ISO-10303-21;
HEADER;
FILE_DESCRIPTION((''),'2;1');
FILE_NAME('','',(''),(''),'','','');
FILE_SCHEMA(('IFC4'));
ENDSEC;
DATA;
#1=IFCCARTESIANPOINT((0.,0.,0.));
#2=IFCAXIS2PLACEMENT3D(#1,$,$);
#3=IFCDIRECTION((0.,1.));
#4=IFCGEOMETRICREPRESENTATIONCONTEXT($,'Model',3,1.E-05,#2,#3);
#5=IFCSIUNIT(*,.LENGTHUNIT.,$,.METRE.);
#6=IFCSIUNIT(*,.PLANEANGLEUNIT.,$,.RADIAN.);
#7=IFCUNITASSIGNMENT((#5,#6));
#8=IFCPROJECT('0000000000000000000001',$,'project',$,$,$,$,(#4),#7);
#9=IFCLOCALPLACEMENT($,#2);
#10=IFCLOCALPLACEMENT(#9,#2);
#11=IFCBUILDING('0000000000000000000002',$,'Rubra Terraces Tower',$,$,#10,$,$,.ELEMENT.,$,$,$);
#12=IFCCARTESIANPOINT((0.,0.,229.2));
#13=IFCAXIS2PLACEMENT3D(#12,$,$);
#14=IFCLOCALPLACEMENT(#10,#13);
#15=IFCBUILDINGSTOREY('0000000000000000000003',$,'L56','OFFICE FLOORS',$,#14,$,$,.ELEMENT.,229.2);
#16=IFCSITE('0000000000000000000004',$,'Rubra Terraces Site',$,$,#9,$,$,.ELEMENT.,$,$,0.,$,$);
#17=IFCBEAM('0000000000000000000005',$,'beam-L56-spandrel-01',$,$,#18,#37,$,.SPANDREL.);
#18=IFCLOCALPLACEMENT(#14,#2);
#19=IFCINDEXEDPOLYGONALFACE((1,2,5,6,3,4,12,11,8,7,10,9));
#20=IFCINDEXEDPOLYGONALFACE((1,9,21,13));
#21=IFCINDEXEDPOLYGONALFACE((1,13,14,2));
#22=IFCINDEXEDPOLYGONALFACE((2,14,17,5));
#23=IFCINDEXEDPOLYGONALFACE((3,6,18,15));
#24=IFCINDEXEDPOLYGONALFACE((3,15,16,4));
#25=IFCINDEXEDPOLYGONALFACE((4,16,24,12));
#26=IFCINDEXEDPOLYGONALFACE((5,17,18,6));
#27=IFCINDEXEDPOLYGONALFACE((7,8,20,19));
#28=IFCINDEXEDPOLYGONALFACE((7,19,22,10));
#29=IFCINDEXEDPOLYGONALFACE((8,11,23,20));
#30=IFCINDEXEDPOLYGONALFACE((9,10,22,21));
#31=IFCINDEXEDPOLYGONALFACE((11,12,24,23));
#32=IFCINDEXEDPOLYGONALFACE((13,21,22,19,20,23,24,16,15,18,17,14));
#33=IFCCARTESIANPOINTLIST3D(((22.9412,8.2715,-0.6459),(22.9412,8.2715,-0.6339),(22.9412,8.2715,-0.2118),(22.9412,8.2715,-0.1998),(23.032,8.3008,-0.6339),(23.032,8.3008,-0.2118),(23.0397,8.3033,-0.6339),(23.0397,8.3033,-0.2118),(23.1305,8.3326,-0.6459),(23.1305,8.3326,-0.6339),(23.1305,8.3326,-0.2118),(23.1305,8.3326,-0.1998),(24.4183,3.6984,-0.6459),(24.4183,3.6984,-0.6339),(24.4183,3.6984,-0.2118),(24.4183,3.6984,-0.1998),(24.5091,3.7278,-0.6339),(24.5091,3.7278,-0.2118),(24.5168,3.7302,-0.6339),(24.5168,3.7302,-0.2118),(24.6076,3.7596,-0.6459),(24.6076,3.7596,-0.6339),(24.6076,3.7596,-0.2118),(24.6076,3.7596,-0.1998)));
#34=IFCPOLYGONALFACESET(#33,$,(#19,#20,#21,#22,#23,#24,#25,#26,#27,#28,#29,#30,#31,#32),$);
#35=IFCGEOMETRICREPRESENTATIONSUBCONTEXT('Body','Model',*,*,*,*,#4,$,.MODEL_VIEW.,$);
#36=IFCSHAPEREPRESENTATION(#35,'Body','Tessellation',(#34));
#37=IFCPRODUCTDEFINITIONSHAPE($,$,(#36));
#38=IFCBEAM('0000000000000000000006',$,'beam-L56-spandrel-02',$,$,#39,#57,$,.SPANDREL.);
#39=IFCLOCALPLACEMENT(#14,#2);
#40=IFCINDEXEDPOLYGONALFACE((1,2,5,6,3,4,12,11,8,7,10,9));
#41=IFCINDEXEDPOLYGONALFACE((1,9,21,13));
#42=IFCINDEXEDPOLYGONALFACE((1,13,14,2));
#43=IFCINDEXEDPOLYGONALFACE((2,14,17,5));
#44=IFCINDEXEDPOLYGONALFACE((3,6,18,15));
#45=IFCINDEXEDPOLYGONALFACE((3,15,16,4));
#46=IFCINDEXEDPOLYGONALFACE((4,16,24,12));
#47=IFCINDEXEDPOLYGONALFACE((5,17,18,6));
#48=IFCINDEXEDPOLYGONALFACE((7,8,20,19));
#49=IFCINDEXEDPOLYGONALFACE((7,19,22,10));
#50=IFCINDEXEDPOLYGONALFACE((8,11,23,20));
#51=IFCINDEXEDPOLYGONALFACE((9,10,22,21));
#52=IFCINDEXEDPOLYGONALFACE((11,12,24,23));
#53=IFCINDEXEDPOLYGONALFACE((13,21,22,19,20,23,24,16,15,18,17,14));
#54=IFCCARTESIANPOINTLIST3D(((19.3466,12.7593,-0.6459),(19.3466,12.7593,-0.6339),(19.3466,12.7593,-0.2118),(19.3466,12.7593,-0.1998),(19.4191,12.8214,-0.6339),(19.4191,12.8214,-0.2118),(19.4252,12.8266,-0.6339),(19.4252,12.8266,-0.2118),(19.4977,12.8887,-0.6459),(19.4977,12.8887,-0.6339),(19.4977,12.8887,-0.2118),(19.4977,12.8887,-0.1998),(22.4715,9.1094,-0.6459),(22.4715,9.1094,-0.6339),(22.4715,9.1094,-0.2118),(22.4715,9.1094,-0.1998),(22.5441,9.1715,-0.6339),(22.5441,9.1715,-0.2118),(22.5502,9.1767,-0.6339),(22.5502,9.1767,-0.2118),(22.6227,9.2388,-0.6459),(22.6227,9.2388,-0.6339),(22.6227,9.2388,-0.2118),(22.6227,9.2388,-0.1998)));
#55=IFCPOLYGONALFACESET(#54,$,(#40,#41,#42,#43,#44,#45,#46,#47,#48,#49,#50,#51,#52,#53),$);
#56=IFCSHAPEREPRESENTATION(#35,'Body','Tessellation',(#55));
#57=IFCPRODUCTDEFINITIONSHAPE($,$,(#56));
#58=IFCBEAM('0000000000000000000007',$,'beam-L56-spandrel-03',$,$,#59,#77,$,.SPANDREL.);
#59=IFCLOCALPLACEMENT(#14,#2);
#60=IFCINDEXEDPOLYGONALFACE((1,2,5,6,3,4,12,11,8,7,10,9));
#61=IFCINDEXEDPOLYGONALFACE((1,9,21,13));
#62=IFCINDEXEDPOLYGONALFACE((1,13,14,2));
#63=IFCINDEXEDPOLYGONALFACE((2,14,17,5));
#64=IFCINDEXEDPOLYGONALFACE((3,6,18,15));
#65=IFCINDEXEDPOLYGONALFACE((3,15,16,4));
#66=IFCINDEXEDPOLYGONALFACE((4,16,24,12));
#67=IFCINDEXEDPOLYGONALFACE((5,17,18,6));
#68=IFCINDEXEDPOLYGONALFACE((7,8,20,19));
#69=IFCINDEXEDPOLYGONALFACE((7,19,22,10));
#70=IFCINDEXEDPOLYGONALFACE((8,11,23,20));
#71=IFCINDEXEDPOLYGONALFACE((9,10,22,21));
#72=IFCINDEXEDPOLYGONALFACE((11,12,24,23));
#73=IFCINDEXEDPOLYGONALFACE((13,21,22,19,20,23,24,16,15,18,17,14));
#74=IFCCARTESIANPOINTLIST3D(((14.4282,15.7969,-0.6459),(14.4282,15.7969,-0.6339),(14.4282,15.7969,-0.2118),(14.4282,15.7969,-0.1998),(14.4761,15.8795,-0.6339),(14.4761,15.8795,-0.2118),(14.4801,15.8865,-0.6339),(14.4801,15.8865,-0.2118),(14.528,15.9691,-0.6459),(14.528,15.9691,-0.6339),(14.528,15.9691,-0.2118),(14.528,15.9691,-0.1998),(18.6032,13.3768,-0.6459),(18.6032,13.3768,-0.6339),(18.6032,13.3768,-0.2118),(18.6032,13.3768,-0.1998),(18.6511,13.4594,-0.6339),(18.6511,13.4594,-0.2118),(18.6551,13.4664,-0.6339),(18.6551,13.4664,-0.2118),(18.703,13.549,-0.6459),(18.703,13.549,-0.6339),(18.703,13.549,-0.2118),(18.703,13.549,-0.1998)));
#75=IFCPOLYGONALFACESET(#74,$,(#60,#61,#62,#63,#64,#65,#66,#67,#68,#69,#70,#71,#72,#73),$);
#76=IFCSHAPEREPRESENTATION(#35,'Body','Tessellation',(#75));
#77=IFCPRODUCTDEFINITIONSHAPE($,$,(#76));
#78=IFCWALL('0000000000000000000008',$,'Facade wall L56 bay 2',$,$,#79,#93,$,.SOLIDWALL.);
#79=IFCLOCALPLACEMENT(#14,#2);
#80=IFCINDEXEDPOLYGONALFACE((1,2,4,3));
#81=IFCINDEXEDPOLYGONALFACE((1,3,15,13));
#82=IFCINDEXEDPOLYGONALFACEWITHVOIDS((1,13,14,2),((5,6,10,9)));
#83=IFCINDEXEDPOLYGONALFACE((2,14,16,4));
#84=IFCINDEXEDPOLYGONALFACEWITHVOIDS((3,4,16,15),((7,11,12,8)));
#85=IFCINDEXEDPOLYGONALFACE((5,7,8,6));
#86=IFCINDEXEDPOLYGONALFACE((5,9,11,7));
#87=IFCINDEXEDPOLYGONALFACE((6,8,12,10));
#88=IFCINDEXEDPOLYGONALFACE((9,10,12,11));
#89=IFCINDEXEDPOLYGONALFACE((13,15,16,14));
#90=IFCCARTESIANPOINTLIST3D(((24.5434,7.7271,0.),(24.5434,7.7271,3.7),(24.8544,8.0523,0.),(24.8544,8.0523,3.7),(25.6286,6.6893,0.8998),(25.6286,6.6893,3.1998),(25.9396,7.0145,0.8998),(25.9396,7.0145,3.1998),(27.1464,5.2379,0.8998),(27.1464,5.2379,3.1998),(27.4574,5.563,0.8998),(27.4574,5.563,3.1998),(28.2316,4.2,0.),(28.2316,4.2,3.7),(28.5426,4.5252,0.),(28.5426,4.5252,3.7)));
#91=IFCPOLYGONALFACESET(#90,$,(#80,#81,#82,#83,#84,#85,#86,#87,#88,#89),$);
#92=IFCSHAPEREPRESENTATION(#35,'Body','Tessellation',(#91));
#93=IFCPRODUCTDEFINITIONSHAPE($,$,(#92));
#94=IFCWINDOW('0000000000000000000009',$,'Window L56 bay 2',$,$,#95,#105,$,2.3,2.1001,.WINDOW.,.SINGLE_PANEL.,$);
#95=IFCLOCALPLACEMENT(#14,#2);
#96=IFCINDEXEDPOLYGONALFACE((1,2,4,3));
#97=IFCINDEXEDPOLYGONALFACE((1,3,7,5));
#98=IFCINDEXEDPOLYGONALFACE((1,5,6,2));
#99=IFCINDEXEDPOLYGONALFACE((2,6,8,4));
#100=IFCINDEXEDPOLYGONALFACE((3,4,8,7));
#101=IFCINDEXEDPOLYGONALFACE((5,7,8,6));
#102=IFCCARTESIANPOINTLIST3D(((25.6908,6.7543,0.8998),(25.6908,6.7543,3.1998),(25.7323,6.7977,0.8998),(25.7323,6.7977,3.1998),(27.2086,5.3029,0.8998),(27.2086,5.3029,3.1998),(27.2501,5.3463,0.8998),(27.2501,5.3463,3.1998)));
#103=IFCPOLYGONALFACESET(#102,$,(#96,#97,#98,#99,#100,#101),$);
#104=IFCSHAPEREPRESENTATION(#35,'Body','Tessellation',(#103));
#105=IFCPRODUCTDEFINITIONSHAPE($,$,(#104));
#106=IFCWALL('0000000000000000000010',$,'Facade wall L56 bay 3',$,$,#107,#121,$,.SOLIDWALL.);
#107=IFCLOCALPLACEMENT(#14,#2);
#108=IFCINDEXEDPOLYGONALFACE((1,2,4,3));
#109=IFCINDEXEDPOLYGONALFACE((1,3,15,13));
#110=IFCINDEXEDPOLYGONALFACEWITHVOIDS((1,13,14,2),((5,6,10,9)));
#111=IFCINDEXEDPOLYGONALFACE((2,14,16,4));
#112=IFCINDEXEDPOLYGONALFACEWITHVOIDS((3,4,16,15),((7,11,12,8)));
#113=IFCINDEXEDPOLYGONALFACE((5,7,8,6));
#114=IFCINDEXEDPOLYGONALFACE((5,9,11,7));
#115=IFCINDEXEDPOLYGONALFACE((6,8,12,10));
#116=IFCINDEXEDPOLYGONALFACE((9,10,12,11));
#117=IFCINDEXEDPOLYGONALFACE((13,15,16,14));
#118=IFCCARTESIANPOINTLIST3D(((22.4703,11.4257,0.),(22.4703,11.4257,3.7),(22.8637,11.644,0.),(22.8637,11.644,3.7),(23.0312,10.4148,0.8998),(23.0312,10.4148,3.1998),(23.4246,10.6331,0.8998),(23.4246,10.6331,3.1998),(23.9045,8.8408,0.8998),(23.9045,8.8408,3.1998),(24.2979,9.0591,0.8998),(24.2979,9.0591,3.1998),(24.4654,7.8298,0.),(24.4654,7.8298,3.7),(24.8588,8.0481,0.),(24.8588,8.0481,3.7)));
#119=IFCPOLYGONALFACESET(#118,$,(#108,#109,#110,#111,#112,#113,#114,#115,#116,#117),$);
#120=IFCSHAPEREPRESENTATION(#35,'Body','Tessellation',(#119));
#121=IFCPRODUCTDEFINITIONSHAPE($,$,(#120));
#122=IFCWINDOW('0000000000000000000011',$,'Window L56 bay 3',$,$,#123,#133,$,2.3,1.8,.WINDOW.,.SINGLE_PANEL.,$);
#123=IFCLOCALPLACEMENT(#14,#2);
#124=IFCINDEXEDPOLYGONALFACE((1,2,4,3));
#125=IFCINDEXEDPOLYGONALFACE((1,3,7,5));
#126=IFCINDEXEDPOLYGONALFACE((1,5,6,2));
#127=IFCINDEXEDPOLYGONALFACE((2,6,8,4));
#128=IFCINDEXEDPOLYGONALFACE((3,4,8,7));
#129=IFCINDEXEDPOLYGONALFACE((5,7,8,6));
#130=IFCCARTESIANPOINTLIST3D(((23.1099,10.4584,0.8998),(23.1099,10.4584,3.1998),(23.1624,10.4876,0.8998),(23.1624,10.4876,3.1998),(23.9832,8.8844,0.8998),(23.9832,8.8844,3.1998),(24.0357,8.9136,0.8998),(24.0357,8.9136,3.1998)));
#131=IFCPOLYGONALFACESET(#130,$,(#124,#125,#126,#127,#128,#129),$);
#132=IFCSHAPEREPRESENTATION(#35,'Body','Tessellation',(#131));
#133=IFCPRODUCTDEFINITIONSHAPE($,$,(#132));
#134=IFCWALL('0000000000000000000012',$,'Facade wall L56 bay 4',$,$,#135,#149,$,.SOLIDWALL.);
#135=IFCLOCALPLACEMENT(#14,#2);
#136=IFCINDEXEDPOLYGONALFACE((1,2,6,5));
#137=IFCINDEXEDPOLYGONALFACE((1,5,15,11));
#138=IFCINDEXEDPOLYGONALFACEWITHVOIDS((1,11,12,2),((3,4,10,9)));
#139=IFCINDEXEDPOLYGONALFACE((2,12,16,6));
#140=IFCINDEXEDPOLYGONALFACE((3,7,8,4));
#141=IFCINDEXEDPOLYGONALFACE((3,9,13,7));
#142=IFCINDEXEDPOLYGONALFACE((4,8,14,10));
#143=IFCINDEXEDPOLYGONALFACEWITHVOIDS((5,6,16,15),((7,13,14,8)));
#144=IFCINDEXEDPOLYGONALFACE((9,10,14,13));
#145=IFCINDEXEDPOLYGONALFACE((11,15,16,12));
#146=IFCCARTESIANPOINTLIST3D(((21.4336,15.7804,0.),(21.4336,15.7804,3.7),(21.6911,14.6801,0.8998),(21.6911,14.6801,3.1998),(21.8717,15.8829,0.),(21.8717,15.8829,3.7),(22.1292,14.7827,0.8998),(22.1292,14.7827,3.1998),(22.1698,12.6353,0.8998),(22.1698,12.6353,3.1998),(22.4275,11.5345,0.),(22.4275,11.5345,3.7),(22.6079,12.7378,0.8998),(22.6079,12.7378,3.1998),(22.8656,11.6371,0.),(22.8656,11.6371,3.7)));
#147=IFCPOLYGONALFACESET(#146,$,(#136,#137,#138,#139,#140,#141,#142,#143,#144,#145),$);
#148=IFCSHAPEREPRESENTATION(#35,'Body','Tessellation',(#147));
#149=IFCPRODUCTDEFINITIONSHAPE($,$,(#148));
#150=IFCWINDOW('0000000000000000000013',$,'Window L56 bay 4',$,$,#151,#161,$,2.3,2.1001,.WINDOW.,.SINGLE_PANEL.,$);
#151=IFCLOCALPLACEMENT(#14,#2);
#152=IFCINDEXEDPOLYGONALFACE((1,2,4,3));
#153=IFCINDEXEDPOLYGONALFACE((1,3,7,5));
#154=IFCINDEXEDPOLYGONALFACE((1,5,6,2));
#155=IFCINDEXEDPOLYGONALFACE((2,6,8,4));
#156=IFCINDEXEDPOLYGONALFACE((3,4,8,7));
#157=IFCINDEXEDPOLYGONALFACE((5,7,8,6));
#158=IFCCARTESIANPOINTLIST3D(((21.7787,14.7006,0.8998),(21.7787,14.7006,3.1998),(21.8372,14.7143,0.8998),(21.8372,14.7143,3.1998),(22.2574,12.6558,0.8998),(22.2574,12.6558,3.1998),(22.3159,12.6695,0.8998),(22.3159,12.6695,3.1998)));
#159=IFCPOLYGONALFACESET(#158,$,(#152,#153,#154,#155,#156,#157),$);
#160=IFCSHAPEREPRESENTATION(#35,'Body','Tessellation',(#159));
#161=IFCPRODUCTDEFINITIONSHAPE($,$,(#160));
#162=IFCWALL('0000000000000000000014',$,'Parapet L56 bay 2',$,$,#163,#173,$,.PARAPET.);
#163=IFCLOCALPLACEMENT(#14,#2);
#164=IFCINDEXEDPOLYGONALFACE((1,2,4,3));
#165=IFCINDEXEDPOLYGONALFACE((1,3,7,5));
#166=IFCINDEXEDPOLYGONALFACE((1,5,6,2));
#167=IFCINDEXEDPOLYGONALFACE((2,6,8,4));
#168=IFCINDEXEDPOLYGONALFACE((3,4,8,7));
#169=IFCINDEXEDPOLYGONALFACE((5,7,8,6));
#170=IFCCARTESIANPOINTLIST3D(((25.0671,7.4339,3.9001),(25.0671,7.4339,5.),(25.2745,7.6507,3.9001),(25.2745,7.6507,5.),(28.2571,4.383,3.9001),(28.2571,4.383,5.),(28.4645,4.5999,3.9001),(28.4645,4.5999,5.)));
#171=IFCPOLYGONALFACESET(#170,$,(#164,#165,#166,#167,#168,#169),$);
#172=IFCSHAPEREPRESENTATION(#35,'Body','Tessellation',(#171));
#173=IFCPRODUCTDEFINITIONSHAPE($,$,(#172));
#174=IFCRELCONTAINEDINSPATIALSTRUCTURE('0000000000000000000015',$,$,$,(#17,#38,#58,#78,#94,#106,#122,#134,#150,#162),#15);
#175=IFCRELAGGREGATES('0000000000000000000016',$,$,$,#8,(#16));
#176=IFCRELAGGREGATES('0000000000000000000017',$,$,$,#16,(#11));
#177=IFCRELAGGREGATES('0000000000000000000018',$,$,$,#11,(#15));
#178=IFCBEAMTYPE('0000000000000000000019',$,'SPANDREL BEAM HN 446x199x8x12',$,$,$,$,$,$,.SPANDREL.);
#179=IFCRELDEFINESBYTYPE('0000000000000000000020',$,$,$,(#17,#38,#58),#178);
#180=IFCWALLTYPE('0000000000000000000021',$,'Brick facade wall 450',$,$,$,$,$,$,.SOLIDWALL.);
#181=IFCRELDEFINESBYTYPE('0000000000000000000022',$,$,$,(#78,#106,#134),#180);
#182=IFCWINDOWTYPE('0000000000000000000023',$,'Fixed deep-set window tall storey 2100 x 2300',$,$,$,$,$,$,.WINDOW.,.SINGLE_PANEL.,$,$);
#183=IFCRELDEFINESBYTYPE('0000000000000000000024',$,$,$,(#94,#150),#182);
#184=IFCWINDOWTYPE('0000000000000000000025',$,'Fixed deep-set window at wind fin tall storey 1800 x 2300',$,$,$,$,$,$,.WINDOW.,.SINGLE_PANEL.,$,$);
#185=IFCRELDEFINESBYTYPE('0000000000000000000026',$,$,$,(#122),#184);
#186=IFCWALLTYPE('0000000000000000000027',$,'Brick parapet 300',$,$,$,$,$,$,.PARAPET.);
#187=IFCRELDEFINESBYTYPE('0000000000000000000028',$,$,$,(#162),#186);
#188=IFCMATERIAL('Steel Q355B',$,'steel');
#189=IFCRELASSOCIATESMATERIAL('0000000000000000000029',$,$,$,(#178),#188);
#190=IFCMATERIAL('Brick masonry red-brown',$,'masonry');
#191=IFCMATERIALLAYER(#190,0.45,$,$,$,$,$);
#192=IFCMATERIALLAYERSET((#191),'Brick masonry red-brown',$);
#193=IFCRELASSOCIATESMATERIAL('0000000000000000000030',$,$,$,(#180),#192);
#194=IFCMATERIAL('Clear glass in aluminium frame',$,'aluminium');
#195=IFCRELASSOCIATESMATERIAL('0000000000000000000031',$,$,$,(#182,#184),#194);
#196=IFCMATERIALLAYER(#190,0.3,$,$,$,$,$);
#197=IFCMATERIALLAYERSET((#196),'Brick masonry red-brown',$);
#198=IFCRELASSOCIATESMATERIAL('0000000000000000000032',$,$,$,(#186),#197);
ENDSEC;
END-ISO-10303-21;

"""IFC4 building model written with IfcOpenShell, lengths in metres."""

from ifc_helpers import new_model, si_unit, direction, frame, frame_2d, origin, origin_2d, place, context, subcontext, project, spatial, rectangle, i_section, extrude, material, layer, layer_set, material_profile, profile_set, type_object, element, fill, save


model = new_model("IFC4")

# Units and contexts
model_context = context("Model", 3, precision=1e-05, world=origin(), true_north=direction((0.0, 1.0)))
body_context = subcontext(model_context, "Body", "Model", "MODEL_VIEW")
ifc_project = project(units=[si_unit("LENGTHUNIT", "METRE"), si_unit("PLANEANGLEUNIT", "RADIAN")], contexts=[model_context])

# Site, building, storey
site_placement = place(None, origin())
site = spatial("IfcSite", under=ifc_project, at=site_placement, Name="Rubra Terraces Site", CompositionType="ELEMENT", RefElevation=0.0)
building_placement = place(site_placement, origin())
building = spatial("IfcBuilding", under=site, at=building_placement, Name="Rubra Terraces Tower", CompositionType="ELEMENT")
storey_placement = place(building_placement, frame((0.0, 0.0, 229.2)))
storey = spatial("IfcBuildingStorey", under=building, at=storey_placement, Name="L56", Description="OFFICE FLOORS", CompositionType="ELEMENT", Elevation=229.2)

# Beams
ifc_material_1 = material(Name="Steel Q355B", Category="steel")
ifc_material_profile_1 = material_profile(ifc_material_1, i_section(OverallWidth=0.199, OverallDepth=0.446, WebThickness=0.0081, FlangeThickness=0.012, at=origin_2d()), Name="HN 446x199x8x12")
ifc_profile_set_1 = profile_set([ifc_material_profile_1], Name="Steel Q355B")
beam_type_1 = type_object("IfcBeamType", Name="SPANDREL BEAM HN 446x199x8x12", PredefinedType="SPANDREL", material=ifc_profile_set_1)
beam_1_placement = place(storey_placement, frame((24.5129, 3.729, -0.4229), z_axis=(-0.307359, 0.951594, 0.0), x_axis=(-0.951594, -0.307359, 0.0)))
element("IfcBeam", 1, at=beam_1_placement, inside=storey, type_object=beam_type_1, Name="beam-L56-spandrel-01", PredefinedType="SPANDREL", context=body_context, shape_type="SweptSolid", body=[
    extrude(i_section(OverallWidth=0.199, OverallDepth=0.446, WebThickness=0.0081, FlangeThickness=0.012, at=origin_2d()), origin(), (0.0, 0.0, 1.0), 4.8057),
])
beam_2_placement = place(storey_placement, frame((22.5471, 9.1741, -0.4229), z_axis=(-0.650373, 0.759615, 0.0), x_axis=(-0.759615, -0.650373, 0.0)))
element("IfcBeam", 2, at=beam_2_placement, inside=storey, type_object=beam_type_1, Name="beam-L56-spandrel-02", PredefinedType="SPANDREL", context=body_context, shape_type="SweptSolid", body=[
    extrude(i_section(OverallWidth=0.199, OverallDepth=0.446, WebThickness=0.0081, FlangeThickness=0.012, at=origin_2d()), origin(), (0.0, 0.0, 1.0), 4.8049),
])
beam_3_placement = place(storey_placement, frame((18.6531, 13.4629, -0.4229), z_axis=(-0.865154, 0.501507, 0.0), x_axis=(-0.501507, -0.865154, 0.0)))
element("IfcBeam", 3, at=beam_3_placement, inside=storey, type_object=beam_type_1, Name="beam-L56-spandrel-03", PredefinedType="SPANDREL", context=body_context, shape_type="SweptSolid", body=[
    extrude(i_section(OverallWidth=0.199, OverallDepth=0.446, WebThickness=0.0081, FlangeThickness=0.012, at=origin_2d()), origin(), (0.0, 0.0, 1.0), 4.8257),
])

# Walls, openings, windows
ifc_material_2 = material(Name="Brick masonry red-brown", Category="masonry")
ifc_layer_1 = layer(ifc_material_2, 0.45)
ifc_layer_set_1 = layer_set([ifc_layer_1], Name="Brick masonry red-brown")
wall_type_1 = type_object("IfcWallType", Name="Brick facade wall 450", PredefinedType="SOLIDWALL", material=ifc_layer_set_1)
wall_1_placement = place(storey_placement, frame((28.3872, 4.3625, 0.0), z_axis=(0.0, 0.0, 1.0), x_axis=(-0.722718, 0.691143, 0.0)))
wall_1 = element("IfcWall", 4, at=wall_1_placement, inside=storey, type_object=wall_type_1, Name="Facade wall L56 bay 2", PredefinedType="SOLIDWALL", context=body_context, shape_type="SweptSolid", body=[
    extrude(rectangle(XDim=5.1033, YDim=0.45, at=frame_2d((2.5518, 0.0))), origin(), (0.0, 0.0, 1.0), 3.7),
])
opening_1_placement = place(wall_1_placement, frame((1.5017, 0.0, 0.8999)))
opening_1 = element("IfcOpeningElement", 5, at=opening_1_placement, cuts=wall_1, PredefinedType="OPENING", context=body_context, shape_type="SweptSolid", body=[
    extrude(rectangle(XDim=2.1001, YDim=2.3, at=frame_2d((1.05, 1.1499))), frame((0.0, 0.2349, 0.0), z_axis=(0.0, -1.0, 0.0), x_axis=(1.0, 0.0, 0.0)), (0.0, 0.0, 1.0), 0.47),
])
ifc_material_3 = material(Name="Clear glass in aluminium frame", Category="aluminium")
window_type_1 = type_object("IfcWindowType", Name="Fixed deep-set window tall storey 2100 x 2300", PartitioningType="SINGLE_PANEL", PredefinedType="WINDOW", material=ifc_material_3)
window_1_placement = place(opening_1_placement, origin())
window_1 = element("IfcWindow", 6, at=window_1_placement, inside=storey, type_object=window_type_1, Name="Window L56 bay 2", OverallHeight=2.3, OverallWidth=2.1001, PartitioningType="SINGLE_PANEL", PredefinedType="WINDOW", context=body_context, shape_type="SweptSolid", body=[
    extrude(rectangle(XDim=2.1001, YDim=2.3, at=frame_2d((1.05, 1.1499))), frame((0.0, 0.135, 0.0), z_axis=(0.0, -1.0, 0.0), x_axis=(1.0, 0.0, 0.0)), (0.0, 0.0, 1.0), 0.0601),
])
fill(opening_1, window_1)
wall_2_placement = place(storey_placement, frame((24.6621, 7.939, 0.0), z_axis=(0.0, 0.0, 1.0), x_axis=(-0.485154, 0.874429, 0.0)))
wall_2 = element("IfcWall", 7, at=wall_2_placement, inside=storey, type_object=wall_type_1, Name="Facade wall L56 bay 3", PredefinedType="SOLIDWALL", context=body_context, shape_type="SweptSolid", body=[
    extrude(rectangle(XDim=4.1123, YDim=0.45, at=frame_2d((2.0562, 0.0))), origin(), (0.0, 0.0, 1.0), 3.7),
])
opening_2_placement = place(wall_2_placement, frame((1.1562, 0.0, 0.8999)))
opening_2 = element("IfcOpeningElement", 8, at=opening_2_placement, cuts=wall_2, PredefinedType="OPENING", context=body_context, shape_type="SweptSolid", body=[
    extrude(rectangle(XDim=1.8, YDim=2.3, at=frame_2d((0.8999, 1.1499))), frame((0.0, 0.2349, 0.0), z_axis=(0.0, -1.0, 0.0), x_axis=(1.0, 0.0, 0.0)), (0.0, 0.0, 1.0), 0.47),
])
window_type_2 = type_object("IfcWindowType", Name="Fixed deep-set window at wind fin tall storey 1800 x 2300", PartitioningType="SINGLE_PANEL", PredefinedType="WINDOW", material=ifc_material_3)
window_2_placement = place(opening_2_placement, origin())
window_2 = element("IfcWindow", 9, at=window_2_placement, inside=storey, type_object=window_type_2, Name="Window L56 bay 3", OverallHeight=2.3, OverallWidth=1.8, PartitioningType="SINGLE_PANEL", PredefinedType="WINDOW", context=body_context, shape_type="SweptSolid", body=[
    extrude(rectangle(XDim=1.8, YDim=2.3, at=frame_2d((0.8999, 1.1499))), frame((0.0, 0.135, 0.0), z_axis=(0.0, -1.0, 0.0), x_axis=(1.0, 0.0, 0.0)), (0.0, 0.0, 1.0), 0.0601),
])
fill(opening_2, window_2)
wall_3_placement = place(storey_placement, frame((22.6465, 11.5859, 0.0), z_axis=(0.0, 0.0, 1.0), x_axis=(-0.227925, 0.973679, 0.0)))
wall_3 = element("IfcWall", 10, at=wall_3_placement, inside=storey, type_object=wall_type_1, Name="Facade wall L56 bay 4", PredefinedType="SOLIDWALL", context=body_context, shape_type="SweptSolid", body=[
    extrude(rectangle(XDim=4.3606, YDim=0.45, at=frame_2d((2.1802, 0.0))), origin(), (0.0, 0.0, 1.0), 3.7),
])
opening_3_placement = place(wall_3_placement, frame((1.1304, 0.0, 0.8999)))
opening_3 = element("IfcOpeningElement", 11, at=opening_3_placement, cuts=wall_3, PredefinedType="OPENING", context=body_context, shape_type="SweptSolid", body=[
    extrude(rectangle(XDim=2.1001, YDim=2.3, at=frame_2d((1.05, 1.1499))), frame((0.0, 0.2349, 0.0), z_axis=(0.0, -1.0, 0.0), x_axis=(1.0, 0.0, 0.0)), (0.0, 0.0, 1.0), 0.47),
])
window_3_placement = place(opening_3_placement, origin())
window_3 = element("IfcWindow", 12, at=window_3_placement, inside=storey, type_object=window_type_1, Name="Window L56 bay 4", OverallHeight=2.3, OverallWidth=2.1001, PartitioningType="SINGLE_PANEL", PredefinedType="WINDOW", context=body_context, shape_type="SweptSolid", body=[
    extrude(rectangle(XDim=2.1001, YDim=2.3, at=frame_2d((1.05, 1.1499))), frame((0.0, 0.135, 0.0), z_axis=(0.0, -1.0, 0.0), x_axis=(1.0, 0.0, 0.0)), (0.0, 0.0, 1.0), 0.0601),
])
fill(opening_3, window_3)

# Wall
ifc_layer_2 = layer(ifc_material_2, 0.3)
ifc_layer_set_2 = layer_set([ifc_layer_2], Name="Brick masonry red-brown")
wall_type_2 = type_object("IfcWallType", Name="Brick parapet 300", PredefinedType="PARAPET", material=ifc_layer_set_2)
wall_4_placement = place(storey_placement, frame((28.3608, 4.4915, 3.9001), z_axis=(0.0, 0.0, 1.0), x_axis=(-0.722695, 0.691167, 0.0)))
element("IfcWall", 13, at=wall_4_placement, inside=storey, type_object=wall_type_2, Name="Parapet L56 bay 2", PredefinedType="PARAPET", context=body_context, shape_type="SweptSolid", body=[
    extrude(rectangle(XDim=4.4141, YDim=0.3, at=frame_2d((2.207, 0.0))), origin(), (0.0, 0.0, 1.0), 1.0999),
])

save(model, "model.ifc")
